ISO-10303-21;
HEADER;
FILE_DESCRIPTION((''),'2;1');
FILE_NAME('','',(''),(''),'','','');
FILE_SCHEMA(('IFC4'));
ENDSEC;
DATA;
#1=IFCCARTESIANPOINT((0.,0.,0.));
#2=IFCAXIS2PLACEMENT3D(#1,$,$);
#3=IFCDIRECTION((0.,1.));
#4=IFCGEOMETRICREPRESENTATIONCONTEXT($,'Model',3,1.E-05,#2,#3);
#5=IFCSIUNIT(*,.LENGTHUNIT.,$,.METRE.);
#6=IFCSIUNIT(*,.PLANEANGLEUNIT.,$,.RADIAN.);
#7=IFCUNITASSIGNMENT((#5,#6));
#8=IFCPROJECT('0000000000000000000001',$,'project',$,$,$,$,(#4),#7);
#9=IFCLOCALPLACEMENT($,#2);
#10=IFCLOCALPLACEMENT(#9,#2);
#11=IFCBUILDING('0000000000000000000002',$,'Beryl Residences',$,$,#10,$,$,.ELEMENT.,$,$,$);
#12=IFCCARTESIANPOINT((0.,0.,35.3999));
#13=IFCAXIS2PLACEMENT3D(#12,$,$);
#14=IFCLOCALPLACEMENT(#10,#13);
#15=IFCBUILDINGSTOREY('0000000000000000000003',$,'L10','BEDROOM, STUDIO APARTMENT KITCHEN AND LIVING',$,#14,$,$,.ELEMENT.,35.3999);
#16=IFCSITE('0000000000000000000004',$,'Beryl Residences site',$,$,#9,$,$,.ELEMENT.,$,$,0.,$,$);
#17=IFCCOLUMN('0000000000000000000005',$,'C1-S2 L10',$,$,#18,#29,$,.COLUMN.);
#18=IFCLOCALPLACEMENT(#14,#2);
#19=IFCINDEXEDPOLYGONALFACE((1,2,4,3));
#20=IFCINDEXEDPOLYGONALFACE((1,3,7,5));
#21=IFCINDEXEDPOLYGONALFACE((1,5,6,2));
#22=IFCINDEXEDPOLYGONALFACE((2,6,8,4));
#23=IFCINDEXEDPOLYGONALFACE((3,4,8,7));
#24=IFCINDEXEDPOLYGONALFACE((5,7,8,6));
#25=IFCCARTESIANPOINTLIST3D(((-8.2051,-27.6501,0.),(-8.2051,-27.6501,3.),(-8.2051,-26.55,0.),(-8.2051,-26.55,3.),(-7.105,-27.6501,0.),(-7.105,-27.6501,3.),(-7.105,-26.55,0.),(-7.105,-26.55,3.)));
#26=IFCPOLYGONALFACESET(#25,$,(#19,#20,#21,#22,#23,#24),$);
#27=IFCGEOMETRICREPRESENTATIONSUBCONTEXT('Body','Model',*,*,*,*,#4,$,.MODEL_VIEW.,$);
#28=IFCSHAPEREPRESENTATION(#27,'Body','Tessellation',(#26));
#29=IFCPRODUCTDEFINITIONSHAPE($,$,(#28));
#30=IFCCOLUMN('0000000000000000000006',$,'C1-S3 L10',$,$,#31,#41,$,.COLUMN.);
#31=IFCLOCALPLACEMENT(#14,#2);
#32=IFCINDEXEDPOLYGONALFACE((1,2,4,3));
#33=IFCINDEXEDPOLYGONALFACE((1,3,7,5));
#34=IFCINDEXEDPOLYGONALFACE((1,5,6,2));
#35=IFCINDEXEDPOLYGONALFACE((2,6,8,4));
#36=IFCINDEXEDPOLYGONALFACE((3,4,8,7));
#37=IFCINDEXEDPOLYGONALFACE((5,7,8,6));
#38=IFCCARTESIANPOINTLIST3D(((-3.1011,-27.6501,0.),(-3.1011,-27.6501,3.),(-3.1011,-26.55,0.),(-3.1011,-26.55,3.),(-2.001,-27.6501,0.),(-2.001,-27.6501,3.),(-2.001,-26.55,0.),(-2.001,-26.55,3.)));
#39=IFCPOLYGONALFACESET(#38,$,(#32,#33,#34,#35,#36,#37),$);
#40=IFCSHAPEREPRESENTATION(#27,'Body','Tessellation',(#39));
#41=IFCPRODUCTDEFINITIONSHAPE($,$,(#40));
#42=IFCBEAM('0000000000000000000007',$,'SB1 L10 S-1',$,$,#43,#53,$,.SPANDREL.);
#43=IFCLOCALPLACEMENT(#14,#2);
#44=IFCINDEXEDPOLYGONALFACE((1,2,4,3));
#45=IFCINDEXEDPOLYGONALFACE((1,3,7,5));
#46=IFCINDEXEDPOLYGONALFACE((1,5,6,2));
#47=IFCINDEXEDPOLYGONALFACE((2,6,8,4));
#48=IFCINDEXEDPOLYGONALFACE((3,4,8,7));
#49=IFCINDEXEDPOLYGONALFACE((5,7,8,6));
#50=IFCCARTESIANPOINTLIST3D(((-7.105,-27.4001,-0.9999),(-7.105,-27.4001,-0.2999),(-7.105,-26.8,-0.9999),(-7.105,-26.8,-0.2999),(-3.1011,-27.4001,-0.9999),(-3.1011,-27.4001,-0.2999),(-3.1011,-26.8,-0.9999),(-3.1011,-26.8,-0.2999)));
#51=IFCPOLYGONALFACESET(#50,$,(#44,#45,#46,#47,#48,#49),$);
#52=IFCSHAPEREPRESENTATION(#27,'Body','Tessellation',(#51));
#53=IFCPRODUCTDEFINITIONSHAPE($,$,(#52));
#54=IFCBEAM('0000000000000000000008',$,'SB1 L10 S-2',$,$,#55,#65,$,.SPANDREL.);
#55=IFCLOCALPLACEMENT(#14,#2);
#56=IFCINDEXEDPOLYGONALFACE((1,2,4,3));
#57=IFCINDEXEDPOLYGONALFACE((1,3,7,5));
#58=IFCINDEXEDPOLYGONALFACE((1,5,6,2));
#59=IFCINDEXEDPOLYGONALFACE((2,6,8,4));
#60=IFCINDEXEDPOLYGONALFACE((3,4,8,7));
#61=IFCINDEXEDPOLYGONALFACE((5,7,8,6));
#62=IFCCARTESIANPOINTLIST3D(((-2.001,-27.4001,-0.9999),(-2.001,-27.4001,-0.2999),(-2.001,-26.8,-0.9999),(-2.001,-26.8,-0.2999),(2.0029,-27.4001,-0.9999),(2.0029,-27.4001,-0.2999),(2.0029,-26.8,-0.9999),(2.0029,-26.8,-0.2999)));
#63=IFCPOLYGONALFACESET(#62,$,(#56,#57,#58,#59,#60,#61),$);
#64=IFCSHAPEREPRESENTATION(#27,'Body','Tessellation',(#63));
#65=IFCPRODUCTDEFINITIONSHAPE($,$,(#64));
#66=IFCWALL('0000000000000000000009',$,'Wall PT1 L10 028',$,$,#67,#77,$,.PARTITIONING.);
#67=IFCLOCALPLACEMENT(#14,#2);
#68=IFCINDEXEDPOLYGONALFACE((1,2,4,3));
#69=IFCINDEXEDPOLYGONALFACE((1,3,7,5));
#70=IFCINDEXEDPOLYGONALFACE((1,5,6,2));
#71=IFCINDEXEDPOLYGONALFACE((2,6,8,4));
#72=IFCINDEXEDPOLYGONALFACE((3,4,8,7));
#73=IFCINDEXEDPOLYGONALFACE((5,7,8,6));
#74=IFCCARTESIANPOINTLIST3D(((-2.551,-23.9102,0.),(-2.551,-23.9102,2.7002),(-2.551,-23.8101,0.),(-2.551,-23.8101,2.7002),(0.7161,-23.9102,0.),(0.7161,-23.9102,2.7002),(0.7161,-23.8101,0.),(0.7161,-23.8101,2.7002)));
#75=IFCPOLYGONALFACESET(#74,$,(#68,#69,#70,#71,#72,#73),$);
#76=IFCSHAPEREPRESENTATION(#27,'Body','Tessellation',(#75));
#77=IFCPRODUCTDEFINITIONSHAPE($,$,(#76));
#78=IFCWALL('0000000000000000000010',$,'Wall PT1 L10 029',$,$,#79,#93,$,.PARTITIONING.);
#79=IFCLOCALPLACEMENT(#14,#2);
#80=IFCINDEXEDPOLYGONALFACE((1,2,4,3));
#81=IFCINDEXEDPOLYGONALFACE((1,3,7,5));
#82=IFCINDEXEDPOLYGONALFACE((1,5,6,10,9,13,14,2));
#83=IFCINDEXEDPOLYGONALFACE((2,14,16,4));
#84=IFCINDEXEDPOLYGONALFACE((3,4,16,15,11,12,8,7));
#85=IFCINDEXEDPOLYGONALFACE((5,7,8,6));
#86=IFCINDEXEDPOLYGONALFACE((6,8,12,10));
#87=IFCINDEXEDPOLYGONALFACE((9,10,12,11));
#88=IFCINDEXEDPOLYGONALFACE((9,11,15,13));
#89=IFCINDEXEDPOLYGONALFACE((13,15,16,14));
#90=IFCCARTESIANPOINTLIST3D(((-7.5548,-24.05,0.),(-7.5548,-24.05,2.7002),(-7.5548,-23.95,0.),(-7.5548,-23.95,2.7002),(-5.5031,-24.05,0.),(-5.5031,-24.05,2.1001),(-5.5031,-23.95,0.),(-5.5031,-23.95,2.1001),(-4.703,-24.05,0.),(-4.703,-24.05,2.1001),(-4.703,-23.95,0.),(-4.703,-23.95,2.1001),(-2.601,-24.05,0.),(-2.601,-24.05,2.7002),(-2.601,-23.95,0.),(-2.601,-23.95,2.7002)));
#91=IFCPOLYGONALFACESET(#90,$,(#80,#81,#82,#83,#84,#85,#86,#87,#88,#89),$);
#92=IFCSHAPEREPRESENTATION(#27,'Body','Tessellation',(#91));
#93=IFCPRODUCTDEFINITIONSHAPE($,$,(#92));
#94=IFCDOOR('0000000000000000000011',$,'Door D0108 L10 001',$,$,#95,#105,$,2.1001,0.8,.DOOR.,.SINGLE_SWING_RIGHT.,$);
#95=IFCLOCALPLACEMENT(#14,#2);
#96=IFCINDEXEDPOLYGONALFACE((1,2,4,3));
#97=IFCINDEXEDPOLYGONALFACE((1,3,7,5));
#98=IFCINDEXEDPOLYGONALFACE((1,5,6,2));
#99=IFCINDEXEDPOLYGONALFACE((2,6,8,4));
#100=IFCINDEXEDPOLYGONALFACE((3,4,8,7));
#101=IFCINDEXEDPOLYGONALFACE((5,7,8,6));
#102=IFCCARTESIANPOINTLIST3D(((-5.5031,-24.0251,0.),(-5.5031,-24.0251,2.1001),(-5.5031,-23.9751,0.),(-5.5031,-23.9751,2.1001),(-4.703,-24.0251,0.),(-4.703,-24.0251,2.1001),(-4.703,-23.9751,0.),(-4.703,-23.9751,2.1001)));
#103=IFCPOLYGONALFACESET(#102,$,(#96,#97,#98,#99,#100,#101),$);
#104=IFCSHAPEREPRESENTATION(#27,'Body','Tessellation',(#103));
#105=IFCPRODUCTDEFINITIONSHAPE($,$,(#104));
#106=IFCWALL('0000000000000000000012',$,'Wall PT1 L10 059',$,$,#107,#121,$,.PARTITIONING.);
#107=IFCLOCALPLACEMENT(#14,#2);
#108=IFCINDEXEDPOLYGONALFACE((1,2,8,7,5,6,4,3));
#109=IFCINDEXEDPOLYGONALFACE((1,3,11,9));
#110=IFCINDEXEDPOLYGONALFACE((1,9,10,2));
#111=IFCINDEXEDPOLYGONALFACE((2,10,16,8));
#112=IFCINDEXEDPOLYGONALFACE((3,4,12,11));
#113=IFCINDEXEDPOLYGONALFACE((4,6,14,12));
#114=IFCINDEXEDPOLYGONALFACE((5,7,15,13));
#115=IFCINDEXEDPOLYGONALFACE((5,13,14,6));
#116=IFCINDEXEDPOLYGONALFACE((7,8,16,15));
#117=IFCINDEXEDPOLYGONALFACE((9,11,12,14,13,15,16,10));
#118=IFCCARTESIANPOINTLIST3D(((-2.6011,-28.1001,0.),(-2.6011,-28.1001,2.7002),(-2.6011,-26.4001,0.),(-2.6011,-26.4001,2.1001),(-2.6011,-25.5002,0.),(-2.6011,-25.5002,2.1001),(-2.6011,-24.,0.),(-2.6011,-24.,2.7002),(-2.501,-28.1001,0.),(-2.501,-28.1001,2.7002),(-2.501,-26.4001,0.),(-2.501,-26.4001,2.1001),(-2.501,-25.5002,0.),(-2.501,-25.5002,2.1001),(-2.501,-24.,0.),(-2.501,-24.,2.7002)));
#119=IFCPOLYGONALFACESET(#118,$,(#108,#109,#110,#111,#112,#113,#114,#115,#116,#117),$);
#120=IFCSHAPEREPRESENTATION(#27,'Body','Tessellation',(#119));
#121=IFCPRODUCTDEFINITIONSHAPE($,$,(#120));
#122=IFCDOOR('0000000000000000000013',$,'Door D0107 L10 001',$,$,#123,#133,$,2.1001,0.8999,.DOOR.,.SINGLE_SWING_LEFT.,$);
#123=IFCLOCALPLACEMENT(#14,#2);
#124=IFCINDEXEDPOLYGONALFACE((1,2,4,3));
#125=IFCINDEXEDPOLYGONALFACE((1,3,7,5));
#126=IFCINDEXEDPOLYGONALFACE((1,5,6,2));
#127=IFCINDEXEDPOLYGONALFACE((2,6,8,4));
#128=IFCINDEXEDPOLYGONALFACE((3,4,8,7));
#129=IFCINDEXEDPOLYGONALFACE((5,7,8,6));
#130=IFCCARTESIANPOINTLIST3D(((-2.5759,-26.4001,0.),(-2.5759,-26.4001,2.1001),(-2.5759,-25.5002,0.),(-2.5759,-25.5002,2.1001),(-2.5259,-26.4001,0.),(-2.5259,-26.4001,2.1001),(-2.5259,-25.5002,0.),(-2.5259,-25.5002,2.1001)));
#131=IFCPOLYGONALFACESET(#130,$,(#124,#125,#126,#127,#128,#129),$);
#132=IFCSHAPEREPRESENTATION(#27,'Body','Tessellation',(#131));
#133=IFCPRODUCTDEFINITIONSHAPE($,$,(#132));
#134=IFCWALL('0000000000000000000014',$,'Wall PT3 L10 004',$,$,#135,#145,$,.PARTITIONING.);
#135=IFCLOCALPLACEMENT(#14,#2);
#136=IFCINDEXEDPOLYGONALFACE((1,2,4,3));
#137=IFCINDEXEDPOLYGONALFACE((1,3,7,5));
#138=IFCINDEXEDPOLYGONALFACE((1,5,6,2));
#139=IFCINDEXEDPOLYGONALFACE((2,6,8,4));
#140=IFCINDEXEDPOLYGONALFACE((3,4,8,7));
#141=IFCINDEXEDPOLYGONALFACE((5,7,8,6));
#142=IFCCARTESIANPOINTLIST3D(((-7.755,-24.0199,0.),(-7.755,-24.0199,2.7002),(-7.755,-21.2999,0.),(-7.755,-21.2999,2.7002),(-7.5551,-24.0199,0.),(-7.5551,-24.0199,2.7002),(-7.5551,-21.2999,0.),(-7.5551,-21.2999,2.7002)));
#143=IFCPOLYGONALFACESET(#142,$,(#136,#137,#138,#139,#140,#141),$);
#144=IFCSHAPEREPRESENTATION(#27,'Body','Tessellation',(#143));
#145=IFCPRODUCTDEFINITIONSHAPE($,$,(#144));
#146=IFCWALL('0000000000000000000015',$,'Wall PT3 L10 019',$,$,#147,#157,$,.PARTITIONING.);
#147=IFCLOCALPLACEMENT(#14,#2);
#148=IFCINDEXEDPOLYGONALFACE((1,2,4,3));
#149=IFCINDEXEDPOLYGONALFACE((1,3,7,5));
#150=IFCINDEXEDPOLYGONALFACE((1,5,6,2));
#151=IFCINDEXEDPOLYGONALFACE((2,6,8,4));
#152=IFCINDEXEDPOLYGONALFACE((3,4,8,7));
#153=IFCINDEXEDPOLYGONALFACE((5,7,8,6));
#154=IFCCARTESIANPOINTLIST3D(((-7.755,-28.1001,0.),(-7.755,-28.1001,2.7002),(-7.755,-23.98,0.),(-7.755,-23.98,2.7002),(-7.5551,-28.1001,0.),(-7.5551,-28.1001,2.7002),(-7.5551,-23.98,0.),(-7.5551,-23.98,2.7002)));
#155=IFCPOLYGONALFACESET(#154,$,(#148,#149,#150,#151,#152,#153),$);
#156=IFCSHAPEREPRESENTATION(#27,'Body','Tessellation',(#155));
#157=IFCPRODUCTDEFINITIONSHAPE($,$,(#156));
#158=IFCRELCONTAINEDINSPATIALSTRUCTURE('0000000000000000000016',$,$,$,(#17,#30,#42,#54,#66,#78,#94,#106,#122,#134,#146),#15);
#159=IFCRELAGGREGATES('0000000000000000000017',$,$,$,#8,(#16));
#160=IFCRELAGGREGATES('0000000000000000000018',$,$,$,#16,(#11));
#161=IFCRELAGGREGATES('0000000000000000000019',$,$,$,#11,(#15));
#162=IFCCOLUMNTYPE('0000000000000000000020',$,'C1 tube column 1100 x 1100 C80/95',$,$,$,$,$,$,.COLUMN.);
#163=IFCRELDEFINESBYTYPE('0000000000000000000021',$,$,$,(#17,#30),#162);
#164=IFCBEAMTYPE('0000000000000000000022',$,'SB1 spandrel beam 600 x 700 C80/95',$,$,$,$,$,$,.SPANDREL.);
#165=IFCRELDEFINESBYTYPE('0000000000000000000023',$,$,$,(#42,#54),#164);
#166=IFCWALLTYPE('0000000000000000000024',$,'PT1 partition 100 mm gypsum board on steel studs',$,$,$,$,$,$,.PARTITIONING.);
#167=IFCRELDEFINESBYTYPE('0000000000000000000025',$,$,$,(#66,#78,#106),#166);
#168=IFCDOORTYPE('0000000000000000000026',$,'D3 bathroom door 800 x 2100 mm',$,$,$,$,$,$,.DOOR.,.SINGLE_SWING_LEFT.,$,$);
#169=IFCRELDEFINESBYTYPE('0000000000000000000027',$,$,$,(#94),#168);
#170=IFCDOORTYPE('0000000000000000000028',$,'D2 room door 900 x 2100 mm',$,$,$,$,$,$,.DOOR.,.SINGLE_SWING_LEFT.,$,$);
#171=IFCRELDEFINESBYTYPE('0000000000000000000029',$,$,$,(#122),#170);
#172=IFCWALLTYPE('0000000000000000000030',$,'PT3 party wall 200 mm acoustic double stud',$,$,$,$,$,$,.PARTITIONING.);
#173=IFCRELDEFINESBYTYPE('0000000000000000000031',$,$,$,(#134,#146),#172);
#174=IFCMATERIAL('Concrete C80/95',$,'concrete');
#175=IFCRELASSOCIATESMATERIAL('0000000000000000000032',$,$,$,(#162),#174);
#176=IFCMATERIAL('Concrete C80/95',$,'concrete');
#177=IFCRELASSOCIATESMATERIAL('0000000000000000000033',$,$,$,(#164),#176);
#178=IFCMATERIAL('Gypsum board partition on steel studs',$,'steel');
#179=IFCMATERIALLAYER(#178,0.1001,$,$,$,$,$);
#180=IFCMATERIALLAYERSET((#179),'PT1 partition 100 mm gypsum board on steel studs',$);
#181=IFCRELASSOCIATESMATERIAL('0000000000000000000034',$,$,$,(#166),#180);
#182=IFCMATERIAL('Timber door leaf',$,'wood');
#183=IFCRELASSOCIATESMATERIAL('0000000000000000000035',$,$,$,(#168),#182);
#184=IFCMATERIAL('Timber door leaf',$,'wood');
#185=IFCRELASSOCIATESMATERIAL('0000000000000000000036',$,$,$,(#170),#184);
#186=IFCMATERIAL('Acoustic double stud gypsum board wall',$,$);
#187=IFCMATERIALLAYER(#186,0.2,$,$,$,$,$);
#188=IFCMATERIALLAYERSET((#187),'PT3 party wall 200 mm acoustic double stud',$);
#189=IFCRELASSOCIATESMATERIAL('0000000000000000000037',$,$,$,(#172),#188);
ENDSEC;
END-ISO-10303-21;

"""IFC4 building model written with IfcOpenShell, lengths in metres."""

from ifc_helpers import new_model, si_unit, direction, frame, frame_2d, origin, origin_2d, place, context, subcontext, project, spatial, rectangle, extrude, material, layer, layer_set, material_profile, profile_set, type_object, element, fill, save


model = new_model("IFC4")

# Units and contexts
model_context = context("Model", 3, precision=1e-05, world=origin(), true_north=direction((0.0, 1.0)))
body_context = subcontext(model_context, "Body", "Model", "MODEL_VIEW")
ifc_project = project(units=[si_unit("LENGTHUNIT", "METRE"), si_unit("PLANEANGLEUNIT", "RADIAN")], contexts=[model_context])

# Site, building, storey
site_placement = place(None, origin())
site = spatial("IfcSite", under=ifc_project, at=site_placement, Name="Beryl Residences site", CompositionType="ELEMENT", RefElevation=0.0)
building_placement = place(site_placement, origin())
building = spatial("IfcBuilding", under=site, at=building_placement, Name="Beryl Residences", CompositionType="ELEMENT")
storey_placement = place(building_placement, frame((0.0, 0.0, 35.3999)))
storey = spatial("IfcBuildingStorey", under=building, at=storey_placement, Name="L10", Description="BEDROOM, STUDIO APARTMENT KITCHEN AND LIVING", CompositionType="ELEMENT", Elevation=35.3999)

# Columns
ifc_material_1 = material(Name="Concrete C80/95", Category="concrete")
ifc_material_profile_1 = material_profile(ifc_material_1, rectangle(XDim=1.1001, YDim=1.1001, at=origin_2d()))
ifc_profile_set_1 = profile_set([ifc_material_profile_1], Name="Concrete C80/95")
column_type = type_object("IfcColumnType", Name="C1 tube column 1100 x 1100 C80/95", PredefinedType="COLUMN", material=ifc_profile_set_1)
for number, where, z_axis, x_axis, name in (
    (1, (-7.655, -27.1001, 0.0), (0.0, 0.0, 1.0), (1.0, 0.0, 0.0), "C1-S2 L10"),
    (2, (-2.551, -27.1001, 0.0), (0.0, 0.0, 1.0), (1.0, 0.0, 0.0), "C1-S3 L10"),
):
    element("IfcColumn", number, at=place(storey_placement, frame(where, z_axis=z_axis, x_axis=x_axis)), inside=storey, type_object=column_type, Name=name, PredefinedType="COLUMN", context=body_context, shape_type="SweptSolid", body=[
        extrude(rectangle(XDim=1.1001, YDim=1.1001, at=origin_2d()), origin(), (0.0, 0.0, 1.0), 3.0),
    ])

# Beams
ifc_material_2 = material(Name="Concrete C80/95", Category="concrete")
ifc_material_profile_2 = material_profile(ifc_material_2, rectangle(XDim=0.6001, YDim=0.7, at=origin_2d()))
ifc_profile_set_2 = profile_set([ifc_material_profile_2], Name="Concrete C80/95")
beam_type = type_object("IfcBeamType", Name="SB1 spandrel beam 600 x 700 C80/95", PredefinedType="SPANDREL", material=ifc_profile_set_2)
for number, where, z_axis, x_axis, name in (
    (3, (-7.105, -27.1001, -0.6499), (1.0, 0.0, 0.0), (0.0, 1.0, 0.0), "SB1 L10 S-1"),
    (4, (-2.001, -27.1001, -0.6499), (1.0, 0.0, 0.0), (0.0, 1.0, 0.0), "SB1 L10 S-2"),
):
    element("IfcBeam", number, at=place(storey_placement, frame(where, z_axis=z_axis, x_axis=x_axis)), inside=storey, type_object=beam_type, Name=name, PredefinedType="SPANDREL", context=body_context, shape_type="SweptSolid", body=[
        extrude(rectangle(XDim=0.6001, YDim=0.7, at=origin_2d()), origin(), (0.0, 0.0, 1.0), 4.0039),
    ])

# Wall
ifc_material_3 = material(Name="Gypsum board partition on steel studs", Category="steel")
ifc_layer_1 = layer(ifc_material_3, 0.1001)
ifc_layer_set_1 = layer_set([ifc_layer_1], Name="PT1 partition 100 mm gypsum board on steel studs")
wall_type_1 = type_object("IfcWallType", Name="PT1 partition 100 mm gypsum board on steel studs", PredefinedType="PARTITIONING", material=ifc_layer_set_1)
wall_1_placement = place(storey_placement, frame((-2.551, -23.8601, 0.0), z_axis=(0.0, 0.0, 1.0), x_axis=(1.0, 0.0, 0.0)))
element("IfcWall", 5, at=wall_1_placement, inside=storey, type_object=wall_type_1, Name="Wall PT1 L10 028", PredefinedType="PARTITIONING", context=body_context, shape_type="SweptSolid", body=[
    extrude(rectangle(XDim=3.2671, YDim=0.1001, at=frame_2d((1.6335, 0.0))), origin(), (0.0, 0.0, 1.0), 2.7002),
])

# Walls, openings, doors
wall_2_placement = place(storey_placement, frame((-7.5549, -24.0, 0.0), z_axis=(0.0, 0.0, 1.0), x_axis=(1.0, 0.0, 0.0)))
wall_2 = element("IfcWall", 6, at=wall_2_placement, inside=storey, type_object=wall_type_1, Name="Wall PT1 L10 029", PredefinedType="PARTITIONING", context=body_context, shape_type="SweptSolid", body=[
    extrude(rectangle(XDim=4.9539, YDim=0.1001, at=frame_2d((2.4771, 0.0))), origin(), (0.0, 0.0, 1.0), 2.7002),
])
opening_1_placement = place(wall_2_placement, frame((2.052, 0.0, 0.0)))
opening_1 = element("IfcOpeningElement", 7, at=opening_1_placement, cuts=wall_2, PredefinedType="OPENING", context=body_context, shape_type="SweptSolid", body=[
    extrude(rectangle(XDim=0.8, YDim=2.1001, at=frame_2d((0.3999, 1.05))), frame((0.0, 0.0601, 0.0), z_axis=(0.0, -1.0, 0.0), x_axis=(1.0, 0.0, 0.0)), (0.0, 0.0, 1.0), 0.1201),
])
ifc_material_4 = material(Name="Timber door leaf", Category="wood")
door_type_1 = type_object("IfcDoorType", Name="D3 bathroom door 800 x 2100 mm", OperationType="SINGLE_SWING_LEFT", PredefinedType="DOOR", material=ifc_material_4)
door_1_placement = place(opening_1_placement, origin())
door_1 = element("IfcDoor", 8, at=door_1_placement, inside=storey, type_object=door_type_1, Name="Door D0108 L10 001", OperationType="SINGLE_SWING_RIGHT", OverallHeight=2.1001, OverallWidth=0.8, PredefinedType="DOOR", context=body_context, shape_type="SweptSolid", body=[
    extrude(rectangle(XDim=0.8, YDim=2.1001, at=frame_2d((0.3999, 1.05))), frame((0.0, 0.0249, 0.0), z_axis=(0.0, -1.0, 0.0), x_axis=(1.0, 0.0, 0.0)), (0.0, 0.0, 1.0), 0.05),
])
fill(opening_1, door_1)
wall_3_placement = place(storey_placement, frame((-2.551, -28.1001, 0.0), z_axis=(0.0, 0.0, 1.0), x_axis=(0.0, 1.0, 0.0)))
wall_3 = element("IfcWall", 9, at=wall_3_placement, inside=storey, type_object=wall_type_1, Name="Wall PT1 L10 059", PredefinedType="PARTITIONING", context=body_context, shape_type="SweptSolid", body=[
    extrude(rectangle(XDim=4.1001, YDim=0.1001, at=frame_2d((2.05, 0.0))), origin(), (0.0, 0.0, 1.0), 2.7002),
])
opening_2_placement = place(wall_3_placement, frame((1.7, 0.0, 0.0)))
opening_2 = element("IfcOpeningElement", 10, at=opening_2_placement, cuts=wall_3, PredefinedType="OPENING", context=body_context, shape_type="SweptSolid", body=[
    extrude(rectangle(XDim=0.8999, YDim=2.1001, at=frame_2d((0.45, 1.05))), frame((0.0, 0.0601, 0.0), z_axis=(0.0, -1.0, 0.0), x_axis=(1.0, 0.0, 0.0)), (0.0, 0.0, 1.0), 0.1201),
])
ifc_material_5 = material(Name="Timber door leaf", Category="wood")
door_type_2 = type_object("IfcDoorType", Name="D2 room door 900 x 2100 mm", OperationType="SINGLE_SWING_LEFT", PredefinedType="DOOR", material=ifc_material_5)
door_2_placement = place(opening_2_placement, origin())
door_2 = element("IfcDoor", 11, at=door_2_placement, inside=storey, type_object=door_type_2, Name="Door D0107 L10 001", OperationType="SINGLE_SWING_LEFT", OverallHeight=2.1001, OverallWidth=0.8999, PredefinedType="DOOR", context=body_context, shape_type="SweptSolid", body=[
    extrude(rectangle(XDim=0.8999, YDim=2.1001, at=frame_2d((0.45, 1.05))), frame((0.0, 0.0249, 0.0), z_axis=(0.0, -1.0, 0.0), x_axis=(1.0, 0.0, 0.0)), (0.0, 0.0, 1.0), 0.05),
])
fill(opening_2, door_2)

# Walls
ifc_material_6 = material(Name="Acoustic double stud gypsum board wall")
ifc_layer_2 = layer(ifc_material_6, 0.2)
ifc_layer_set_2 = layer_set([ifc_layer_2], Name="PT3 party wall 200 mm acoustic double stud")
wall_type_2 = type_object("IfcWallType", Name="PT3 party wall 200 mm acoustic double stud", PredefinedType="PARTITIONING", material=ifc_layer_set_2)
wall_4_placement = place(storey_placement, frame((-7.655, -21.3, 0.0), z_axis=(0.0, 0.0, 1.0), x_axis=(0.0, -1.0, 0.0)))
element("IfcWall", 12, at=wall_4_placement, inside=storey, type_object=wall_type_2, Name="Wall PT3 L10 004", PredefinedType="PARTITIONING", context=body_context, shape_type="SweptSolid", body=[
    extrude(rectangle(XDim=2.72, YDim=0.2, at=frame_2d((1.3599, 0.0))), origin(), (0.0, 0.0, 1.0), 2.7002),
])
wall_5_placement = place(storey_placement, frame((-7.655, -28.1001, 0.0), z_axis=(0.0, 0.0, 1.0), x_axis=(0.0, 1.0, 0.0)))
element("IfcWall", 13, at=wall_5_placement, inside=storey, type_object=wall_type_2, Name="Wall PT3 L10 019", PredefinedType="PARTITIONING", context=body_context, shape_type="SweptSolid", body=[
    extrude(rectangle(XDim=4.1201, YDim=0.2, at=frame_2d((2.0601, 0.0))), origin(), (0.0, 0.0, 1.0), 2.7002),
])

save(model, "model.ifc")
